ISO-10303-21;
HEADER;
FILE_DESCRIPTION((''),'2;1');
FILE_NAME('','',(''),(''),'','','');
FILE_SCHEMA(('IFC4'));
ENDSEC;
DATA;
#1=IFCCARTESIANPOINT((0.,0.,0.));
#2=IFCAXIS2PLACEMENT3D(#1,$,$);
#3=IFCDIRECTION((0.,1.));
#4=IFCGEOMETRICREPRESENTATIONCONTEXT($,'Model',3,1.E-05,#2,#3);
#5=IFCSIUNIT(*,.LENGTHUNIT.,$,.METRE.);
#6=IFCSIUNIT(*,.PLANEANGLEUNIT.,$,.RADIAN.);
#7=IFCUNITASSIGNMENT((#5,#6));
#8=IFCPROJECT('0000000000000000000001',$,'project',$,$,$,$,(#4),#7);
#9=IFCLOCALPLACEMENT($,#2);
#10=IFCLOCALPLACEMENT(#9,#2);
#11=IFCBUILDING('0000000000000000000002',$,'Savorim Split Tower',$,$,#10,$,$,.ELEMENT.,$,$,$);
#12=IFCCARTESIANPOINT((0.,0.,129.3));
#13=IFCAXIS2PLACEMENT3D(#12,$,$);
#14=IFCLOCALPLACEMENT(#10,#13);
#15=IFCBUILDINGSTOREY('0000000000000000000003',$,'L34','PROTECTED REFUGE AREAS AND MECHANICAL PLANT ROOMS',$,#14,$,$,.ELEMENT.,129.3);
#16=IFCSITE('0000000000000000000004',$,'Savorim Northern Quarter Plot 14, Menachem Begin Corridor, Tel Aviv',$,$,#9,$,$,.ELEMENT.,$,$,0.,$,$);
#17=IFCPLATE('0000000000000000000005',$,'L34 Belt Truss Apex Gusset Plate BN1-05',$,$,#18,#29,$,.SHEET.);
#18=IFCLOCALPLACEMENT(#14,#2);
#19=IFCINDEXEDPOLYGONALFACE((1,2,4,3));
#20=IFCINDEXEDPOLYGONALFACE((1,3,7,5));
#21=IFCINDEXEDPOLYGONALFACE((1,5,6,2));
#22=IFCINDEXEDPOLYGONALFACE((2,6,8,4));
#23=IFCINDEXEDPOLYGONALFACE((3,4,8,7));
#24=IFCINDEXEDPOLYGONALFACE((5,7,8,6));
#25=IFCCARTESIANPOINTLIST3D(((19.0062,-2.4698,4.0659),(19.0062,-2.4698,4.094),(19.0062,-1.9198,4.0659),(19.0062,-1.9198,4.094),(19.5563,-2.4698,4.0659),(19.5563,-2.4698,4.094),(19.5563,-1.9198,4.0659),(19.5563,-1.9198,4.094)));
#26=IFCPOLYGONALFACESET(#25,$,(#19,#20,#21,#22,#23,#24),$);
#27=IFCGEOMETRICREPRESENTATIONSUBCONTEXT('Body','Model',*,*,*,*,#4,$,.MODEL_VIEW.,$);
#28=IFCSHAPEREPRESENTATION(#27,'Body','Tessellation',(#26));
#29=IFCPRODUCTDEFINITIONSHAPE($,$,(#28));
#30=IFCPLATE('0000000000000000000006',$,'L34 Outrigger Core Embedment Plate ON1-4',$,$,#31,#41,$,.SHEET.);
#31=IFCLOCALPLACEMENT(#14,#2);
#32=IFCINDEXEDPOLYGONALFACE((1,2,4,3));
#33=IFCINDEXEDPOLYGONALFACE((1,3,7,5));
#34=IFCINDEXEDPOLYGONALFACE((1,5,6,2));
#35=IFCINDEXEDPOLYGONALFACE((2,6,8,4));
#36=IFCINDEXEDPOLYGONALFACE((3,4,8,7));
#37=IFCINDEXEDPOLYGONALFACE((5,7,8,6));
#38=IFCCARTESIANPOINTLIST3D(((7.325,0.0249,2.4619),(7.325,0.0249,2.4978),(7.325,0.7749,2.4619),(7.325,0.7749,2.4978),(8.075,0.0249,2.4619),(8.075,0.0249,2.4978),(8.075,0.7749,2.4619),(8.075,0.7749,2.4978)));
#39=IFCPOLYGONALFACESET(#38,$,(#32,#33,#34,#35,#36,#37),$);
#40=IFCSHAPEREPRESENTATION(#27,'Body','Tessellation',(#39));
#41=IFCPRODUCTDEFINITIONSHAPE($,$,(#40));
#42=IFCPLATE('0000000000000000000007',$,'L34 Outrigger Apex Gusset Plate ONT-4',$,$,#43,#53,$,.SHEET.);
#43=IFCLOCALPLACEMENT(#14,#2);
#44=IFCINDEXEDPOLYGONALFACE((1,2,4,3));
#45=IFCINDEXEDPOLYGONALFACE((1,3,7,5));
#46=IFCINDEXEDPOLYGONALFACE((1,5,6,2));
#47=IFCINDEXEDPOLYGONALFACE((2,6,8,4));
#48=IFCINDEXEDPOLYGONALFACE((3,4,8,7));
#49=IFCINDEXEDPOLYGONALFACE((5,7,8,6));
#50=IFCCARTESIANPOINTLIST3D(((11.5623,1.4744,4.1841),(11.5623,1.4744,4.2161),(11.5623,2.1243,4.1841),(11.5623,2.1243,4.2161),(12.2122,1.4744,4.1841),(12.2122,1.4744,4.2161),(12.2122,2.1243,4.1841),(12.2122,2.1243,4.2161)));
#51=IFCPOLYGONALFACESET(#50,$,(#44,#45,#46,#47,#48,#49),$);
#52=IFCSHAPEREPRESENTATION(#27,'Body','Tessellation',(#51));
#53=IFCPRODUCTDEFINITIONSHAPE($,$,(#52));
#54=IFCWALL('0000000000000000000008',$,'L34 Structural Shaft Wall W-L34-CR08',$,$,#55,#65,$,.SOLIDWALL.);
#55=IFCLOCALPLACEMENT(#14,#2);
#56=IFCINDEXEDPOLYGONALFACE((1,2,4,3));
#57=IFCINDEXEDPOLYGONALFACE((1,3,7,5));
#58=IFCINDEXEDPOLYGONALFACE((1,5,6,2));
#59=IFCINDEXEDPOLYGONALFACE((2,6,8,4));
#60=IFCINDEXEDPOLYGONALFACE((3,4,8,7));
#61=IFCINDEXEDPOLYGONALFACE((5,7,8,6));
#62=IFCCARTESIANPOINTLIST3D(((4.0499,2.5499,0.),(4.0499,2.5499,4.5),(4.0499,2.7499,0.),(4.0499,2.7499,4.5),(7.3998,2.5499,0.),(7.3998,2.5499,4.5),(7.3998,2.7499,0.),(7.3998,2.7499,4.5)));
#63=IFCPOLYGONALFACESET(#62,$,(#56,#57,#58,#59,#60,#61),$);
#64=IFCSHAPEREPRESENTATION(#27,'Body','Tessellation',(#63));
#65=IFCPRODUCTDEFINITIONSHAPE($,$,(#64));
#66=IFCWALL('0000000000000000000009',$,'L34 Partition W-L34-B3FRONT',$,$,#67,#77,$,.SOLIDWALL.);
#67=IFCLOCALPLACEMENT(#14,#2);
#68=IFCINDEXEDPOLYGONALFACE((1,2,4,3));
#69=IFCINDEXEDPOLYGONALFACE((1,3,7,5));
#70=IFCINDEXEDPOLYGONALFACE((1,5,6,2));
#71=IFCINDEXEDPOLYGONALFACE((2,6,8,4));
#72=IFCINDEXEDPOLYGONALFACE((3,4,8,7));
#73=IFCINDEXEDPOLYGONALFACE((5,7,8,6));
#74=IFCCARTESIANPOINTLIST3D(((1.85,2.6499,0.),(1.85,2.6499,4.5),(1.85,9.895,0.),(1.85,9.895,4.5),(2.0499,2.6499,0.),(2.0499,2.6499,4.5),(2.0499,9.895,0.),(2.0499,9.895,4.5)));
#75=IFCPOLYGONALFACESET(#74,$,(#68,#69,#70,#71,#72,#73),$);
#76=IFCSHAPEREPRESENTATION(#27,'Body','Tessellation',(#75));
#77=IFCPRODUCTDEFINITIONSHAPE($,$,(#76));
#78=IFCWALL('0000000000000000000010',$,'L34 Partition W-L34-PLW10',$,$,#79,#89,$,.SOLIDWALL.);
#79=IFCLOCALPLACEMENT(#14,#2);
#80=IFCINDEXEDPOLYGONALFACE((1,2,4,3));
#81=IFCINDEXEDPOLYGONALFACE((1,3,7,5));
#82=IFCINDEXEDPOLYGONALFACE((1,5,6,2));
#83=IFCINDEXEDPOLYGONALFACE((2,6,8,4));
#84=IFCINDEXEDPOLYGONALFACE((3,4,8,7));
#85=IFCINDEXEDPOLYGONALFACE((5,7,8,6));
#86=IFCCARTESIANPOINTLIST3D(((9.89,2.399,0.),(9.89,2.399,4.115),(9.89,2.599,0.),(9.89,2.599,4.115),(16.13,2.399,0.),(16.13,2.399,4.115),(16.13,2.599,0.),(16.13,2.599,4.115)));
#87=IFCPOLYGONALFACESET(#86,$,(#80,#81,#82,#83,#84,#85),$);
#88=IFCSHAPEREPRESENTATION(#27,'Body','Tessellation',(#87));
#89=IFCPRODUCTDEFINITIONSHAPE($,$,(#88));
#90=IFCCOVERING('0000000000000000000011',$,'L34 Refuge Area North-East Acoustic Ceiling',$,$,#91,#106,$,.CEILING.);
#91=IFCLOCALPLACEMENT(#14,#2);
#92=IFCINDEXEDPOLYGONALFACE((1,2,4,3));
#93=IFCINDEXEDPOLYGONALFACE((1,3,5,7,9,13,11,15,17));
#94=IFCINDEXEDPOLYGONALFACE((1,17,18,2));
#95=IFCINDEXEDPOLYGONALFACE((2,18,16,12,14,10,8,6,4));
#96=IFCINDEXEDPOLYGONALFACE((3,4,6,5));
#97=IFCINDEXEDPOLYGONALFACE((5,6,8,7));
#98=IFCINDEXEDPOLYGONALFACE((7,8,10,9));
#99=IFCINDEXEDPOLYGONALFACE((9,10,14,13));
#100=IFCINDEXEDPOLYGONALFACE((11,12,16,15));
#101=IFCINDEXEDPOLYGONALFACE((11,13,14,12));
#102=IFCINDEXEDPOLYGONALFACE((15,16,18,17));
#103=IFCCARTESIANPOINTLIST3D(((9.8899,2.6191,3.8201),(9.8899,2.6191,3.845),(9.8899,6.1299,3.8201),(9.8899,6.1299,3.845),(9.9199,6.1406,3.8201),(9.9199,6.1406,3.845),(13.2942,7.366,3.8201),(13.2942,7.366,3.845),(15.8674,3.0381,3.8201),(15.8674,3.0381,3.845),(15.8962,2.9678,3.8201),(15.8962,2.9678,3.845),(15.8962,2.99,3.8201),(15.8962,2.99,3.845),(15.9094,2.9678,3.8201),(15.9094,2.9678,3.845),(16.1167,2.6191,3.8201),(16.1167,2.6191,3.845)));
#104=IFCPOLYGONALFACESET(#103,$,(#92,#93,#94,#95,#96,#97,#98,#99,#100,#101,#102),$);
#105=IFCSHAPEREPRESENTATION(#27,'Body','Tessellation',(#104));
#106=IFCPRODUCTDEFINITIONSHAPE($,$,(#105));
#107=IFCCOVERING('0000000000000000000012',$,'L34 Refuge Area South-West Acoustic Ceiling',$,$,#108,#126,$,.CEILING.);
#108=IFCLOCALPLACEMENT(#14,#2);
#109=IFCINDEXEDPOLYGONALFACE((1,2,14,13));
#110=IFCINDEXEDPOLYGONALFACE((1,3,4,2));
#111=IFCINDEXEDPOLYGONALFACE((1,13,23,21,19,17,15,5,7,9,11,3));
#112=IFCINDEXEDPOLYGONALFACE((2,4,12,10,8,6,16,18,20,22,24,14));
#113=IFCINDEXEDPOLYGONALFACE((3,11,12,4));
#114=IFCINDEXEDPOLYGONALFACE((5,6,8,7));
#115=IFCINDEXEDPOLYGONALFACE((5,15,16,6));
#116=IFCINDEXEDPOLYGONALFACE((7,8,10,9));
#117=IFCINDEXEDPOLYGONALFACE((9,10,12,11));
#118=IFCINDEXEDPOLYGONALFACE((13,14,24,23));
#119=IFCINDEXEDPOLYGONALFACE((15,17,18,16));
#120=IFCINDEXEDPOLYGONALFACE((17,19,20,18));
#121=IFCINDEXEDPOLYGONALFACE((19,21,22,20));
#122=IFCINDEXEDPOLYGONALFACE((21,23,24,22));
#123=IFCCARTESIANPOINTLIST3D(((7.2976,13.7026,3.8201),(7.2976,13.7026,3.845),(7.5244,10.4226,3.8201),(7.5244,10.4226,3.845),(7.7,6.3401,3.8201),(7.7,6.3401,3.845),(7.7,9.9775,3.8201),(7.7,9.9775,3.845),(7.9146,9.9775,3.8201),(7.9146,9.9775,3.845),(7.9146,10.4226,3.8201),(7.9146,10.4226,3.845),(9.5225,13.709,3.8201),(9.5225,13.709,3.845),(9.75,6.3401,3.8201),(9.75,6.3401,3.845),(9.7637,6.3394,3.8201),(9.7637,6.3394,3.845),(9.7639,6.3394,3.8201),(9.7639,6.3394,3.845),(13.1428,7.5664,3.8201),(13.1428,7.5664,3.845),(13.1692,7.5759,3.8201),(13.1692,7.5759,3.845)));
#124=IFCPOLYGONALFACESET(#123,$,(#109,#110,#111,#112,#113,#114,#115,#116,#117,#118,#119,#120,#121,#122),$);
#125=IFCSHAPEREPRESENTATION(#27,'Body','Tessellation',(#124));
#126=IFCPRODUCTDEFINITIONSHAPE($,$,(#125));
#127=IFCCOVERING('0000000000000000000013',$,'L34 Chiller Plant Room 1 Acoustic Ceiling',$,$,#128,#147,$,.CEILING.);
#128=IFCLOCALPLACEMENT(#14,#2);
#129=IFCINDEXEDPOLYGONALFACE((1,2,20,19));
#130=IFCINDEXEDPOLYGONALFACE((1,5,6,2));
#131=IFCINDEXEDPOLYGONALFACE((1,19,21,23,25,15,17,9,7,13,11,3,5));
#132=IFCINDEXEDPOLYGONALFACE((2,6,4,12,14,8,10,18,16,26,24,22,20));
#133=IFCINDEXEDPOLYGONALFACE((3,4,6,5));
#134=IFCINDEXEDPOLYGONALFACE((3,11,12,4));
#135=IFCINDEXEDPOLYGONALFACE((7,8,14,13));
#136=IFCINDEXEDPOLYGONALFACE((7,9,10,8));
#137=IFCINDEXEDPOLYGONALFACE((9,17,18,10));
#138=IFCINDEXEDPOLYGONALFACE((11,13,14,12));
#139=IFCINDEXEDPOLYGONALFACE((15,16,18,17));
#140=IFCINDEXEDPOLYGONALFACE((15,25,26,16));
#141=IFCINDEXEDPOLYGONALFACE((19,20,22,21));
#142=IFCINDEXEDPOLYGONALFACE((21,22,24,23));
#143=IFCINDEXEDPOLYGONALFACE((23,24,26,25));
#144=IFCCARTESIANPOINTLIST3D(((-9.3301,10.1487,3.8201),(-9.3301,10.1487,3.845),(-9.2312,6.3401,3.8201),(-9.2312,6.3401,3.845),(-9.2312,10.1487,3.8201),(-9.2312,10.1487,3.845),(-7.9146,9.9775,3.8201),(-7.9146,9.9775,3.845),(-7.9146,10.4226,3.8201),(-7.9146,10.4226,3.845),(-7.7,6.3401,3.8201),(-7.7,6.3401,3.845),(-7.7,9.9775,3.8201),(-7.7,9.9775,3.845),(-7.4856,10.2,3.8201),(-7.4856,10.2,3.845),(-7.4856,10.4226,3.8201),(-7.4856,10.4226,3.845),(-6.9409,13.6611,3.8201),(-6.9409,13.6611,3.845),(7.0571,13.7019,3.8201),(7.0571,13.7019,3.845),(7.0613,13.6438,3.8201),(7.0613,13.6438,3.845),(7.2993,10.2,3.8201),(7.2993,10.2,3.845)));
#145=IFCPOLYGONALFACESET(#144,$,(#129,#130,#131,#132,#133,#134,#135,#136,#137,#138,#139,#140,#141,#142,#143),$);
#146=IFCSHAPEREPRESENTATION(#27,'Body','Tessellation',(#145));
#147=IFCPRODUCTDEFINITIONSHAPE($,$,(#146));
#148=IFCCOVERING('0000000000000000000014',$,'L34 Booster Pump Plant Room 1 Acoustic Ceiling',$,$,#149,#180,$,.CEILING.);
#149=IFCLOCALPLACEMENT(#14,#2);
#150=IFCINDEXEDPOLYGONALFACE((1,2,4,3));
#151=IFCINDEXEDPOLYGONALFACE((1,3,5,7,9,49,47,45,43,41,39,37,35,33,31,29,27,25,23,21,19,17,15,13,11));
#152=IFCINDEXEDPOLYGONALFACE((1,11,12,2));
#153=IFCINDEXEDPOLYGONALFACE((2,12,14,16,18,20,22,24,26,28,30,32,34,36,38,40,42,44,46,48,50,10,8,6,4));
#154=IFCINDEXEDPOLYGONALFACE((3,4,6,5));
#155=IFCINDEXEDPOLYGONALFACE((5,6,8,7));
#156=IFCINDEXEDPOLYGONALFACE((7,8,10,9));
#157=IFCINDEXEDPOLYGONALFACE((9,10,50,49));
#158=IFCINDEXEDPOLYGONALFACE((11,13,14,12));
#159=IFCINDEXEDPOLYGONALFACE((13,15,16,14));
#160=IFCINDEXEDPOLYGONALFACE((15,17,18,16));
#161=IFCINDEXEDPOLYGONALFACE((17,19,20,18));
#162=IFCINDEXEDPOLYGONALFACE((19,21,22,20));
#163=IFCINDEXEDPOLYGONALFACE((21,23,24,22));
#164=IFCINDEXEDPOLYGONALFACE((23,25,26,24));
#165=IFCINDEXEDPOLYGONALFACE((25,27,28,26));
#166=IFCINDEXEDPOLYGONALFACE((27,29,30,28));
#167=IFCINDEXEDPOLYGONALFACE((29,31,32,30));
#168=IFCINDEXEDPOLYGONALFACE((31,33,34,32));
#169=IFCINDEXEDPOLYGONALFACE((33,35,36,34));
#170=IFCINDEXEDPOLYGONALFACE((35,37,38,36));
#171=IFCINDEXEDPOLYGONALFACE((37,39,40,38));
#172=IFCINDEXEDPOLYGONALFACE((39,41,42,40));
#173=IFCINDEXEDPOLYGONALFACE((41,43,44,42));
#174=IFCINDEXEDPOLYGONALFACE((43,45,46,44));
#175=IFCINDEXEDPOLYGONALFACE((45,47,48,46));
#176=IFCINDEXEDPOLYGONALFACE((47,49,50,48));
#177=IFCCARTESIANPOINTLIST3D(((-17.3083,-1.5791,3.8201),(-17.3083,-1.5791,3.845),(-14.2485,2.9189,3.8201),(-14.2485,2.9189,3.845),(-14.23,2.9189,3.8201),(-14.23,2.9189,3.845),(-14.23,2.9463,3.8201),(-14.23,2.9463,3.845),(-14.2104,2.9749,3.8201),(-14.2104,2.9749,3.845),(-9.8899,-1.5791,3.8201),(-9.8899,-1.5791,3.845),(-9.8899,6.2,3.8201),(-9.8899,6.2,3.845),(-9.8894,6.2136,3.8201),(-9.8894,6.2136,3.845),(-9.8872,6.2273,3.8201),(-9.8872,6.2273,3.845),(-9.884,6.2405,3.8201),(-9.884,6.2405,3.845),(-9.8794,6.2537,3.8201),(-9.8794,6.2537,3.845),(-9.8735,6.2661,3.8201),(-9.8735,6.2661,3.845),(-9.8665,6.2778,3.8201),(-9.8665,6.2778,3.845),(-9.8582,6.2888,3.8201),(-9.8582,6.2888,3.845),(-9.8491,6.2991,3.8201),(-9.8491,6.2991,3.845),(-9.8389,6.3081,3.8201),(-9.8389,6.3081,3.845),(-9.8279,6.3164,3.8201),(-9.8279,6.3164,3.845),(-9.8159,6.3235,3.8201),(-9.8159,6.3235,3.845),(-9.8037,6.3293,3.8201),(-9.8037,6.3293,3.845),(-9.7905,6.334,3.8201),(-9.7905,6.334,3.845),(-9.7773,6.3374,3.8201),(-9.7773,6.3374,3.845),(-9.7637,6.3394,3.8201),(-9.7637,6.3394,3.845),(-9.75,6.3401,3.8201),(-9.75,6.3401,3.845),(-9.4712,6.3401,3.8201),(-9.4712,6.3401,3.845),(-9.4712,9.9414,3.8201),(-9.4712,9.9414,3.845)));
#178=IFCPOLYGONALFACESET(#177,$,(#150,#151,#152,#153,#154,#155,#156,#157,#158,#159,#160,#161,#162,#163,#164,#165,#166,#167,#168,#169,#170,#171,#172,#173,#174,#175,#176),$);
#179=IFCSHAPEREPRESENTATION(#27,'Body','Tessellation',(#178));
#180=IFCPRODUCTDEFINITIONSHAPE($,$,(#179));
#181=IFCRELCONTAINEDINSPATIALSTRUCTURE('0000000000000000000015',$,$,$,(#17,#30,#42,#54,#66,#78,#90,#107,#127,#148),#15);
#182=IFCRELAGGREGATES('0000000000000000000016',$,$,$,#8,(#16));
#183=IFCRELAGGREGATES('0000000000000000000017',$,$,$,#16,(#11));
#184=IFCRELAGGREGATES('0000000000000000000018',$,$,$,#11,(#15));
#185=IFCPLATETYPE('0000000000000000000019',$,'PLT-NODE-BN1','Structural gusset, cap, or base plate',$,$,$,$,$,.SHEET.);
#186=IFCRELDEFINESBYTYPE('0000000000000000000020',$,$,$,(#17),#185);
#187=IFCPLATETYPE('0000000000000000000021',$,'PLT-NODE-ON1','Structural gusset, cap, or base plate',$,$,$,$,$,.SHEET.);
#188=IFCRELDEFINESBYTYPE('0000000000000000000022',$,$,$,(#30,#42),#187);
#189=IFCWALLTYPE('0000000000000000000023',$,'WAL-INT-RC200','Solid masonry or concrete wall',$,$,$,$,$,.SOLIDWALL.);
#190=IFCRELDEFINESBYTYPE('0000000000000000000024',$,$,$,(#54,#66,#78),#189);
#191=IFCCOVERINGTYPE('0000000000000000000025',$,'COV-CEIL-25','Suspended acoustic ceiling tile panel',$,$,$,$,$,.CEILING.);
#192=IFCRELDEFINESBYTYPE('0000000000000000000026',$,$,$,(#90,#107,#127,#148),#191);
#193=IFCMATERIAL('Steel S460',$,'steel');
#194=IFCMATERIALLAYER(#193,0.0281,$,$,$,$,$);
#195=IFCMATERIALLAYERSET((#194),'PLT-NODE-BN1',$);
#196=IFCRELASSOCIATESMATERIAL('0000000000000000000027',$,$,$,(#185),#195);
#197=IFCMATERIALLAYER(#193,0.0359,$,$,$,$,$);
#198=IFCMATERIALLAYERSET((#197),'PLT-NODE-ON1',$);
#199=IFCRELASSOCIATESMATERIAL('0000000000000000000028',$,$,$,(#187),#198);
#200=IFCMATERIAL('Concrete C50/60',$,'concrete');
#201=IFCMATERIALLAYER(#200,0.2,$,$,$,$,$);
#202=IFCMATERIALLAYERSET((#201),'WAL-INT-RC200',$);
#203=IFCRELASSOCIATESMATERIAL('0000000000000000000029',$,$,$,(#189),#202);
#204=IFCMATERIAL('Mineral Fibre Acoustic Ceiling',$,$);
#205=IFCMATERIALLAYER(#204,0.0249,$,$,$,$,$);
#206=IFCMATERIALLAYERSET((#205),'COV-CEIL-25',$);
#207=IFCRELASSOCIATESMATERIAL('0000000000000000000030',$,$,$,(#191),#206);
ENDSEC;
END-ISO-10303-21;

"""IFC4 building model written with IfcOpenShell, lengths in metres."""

from ifc_helpers import new_model, si_unit, direction, frame, frame_2d, origin, origin_2d, place, context, subcontext, project, spatial, polyline, rectangle, outline, extrude, material, layer, layer_set, type_object, element, save


model = new_model("IFC4")

# Units and contexts
model_context = context("Model", 3, precision=1e-05, world=origin(), true_north=direction((0.0, 1.0)))
body_context = subcontext(model_context, "Body", "Model", "MODEL_VIEW")
ifc_project = project(units=[si_unit("LENGTHUNIT", "METRE"), si_unit("PLANEANGLEUNIT", "RADIAN")], contexts=[model_context])

# Site, building, storey
site_placement = place(None, origin())
site = spatial("IfcSite", under=ifc_project, at=site_placement, Name="Savorim Northern Quarter Plot 14, Menachem Begin Corridor, Tel Aviv", CompositionType="ELEMENT", RefElevation=0.0)
building_placement = place(site_placement, origin())
building = spatial("IfcBuilding", under=site, at=building_placement, Name="Savorim Split Tower", CompositionType="ELEMENT")
storey_placement = place(building_placement, frame((0.0, 0.0, 129.3)))
storey = spatial("IfcBuildingStorey", under=building, at=storey_placement, Name="L34", Description="PROTECTED REFUGE AREAS AND MECHANICAL PLANT ROOMS", CompositionType="ELEMENT", Elevation=129.3)

# Shared definitions
ifc_material_1 = material(Name="Steel S460", Category="steel")

# Plates
ifc_layer_1 = layer(ifc_material_1, 0.0281)
ifc_layer_set_1 = layer_set([ifc_layer_1], Name="PLT-NODE-BN1")
plate_type_1 = type_object("IfcPlateType", Name="PLT-NODE-BN1", Description="Structural gusset, cap, or base plate", PredefinedType="SHEET", material=ifc_layer_set_1)
plate_1_placement = place(storey_placement, frame((19.2812, -2.1948, 4.0659), z_axis=(0.0, 0.0, 1.0), x_axis=(1.0, 0.0, 0.0)))
element("IfcPlate", 1, at=plate_1_placement, inside=storey, type_object=plate_type_1, Name="L34 Belt Truss Apex Gusset Plate BN1-05", PredefinedType="SHEET", context=body_context, shape_type="SweptSolid", body=[
    extrude(rectangle(XDim=0.55, YDim=0.55, at=origin_2d()), origin(), (0.0, 0.0, 1.0), 0.0281),
])
ifc_layer_2 = layer(ifc_material_1, 0.0359)
ifc_layer_set_2 = layer_set([ifc_layer_2], Name="PLT-NODE-ON1")
plate_type_2 = type_object("IfcPlateType", Name="PLT-NODE-ON1", Description="Structural gusset, cap, or base plate", PredefinedType="SHEET", material=ifc_layer_set_2)
plate_2_placement = place(storey_placement, frame((7.7, 0.3999, 2.4619), z_axis=(0.0, 0.0, 1.0), x_axis=(1.0, 0.0, 0.0)))
element("IfcPlate", 2, at=plate_2_placement, inside=storey, type_object=plate_type_2, Name="L34 Outrigger Core Embedment Plate ON1-4", PredefinedType="SHEET", context=body_context, shape_type="SweptSolid", body=[
    extrude(rectangle(XDim=0.75, YDim=0.75, at=origin_2d()), origin(), (0.0, 0.0, 1.0), 0.0359),
])
plate_3_placement = place(storey_placement, frame((11.8872, 1.7993, 4.1841), z_axis=(0.0, 0.0, 1.0), x_axis=(1.0, 0.0, 0.0)))
element("IfcPlate", 3, at=plate_3_placement, inside=storey, type_object=plate_type_2, Name="L34 Outrigger Apex Gusset Plate ONT-4", PredefinedType="SHEET", context=body_context, shape_type="SweptSolid", body=[
    extrude(rectangle(XDim=0.6499, YDim=0.6499, at=origin_2d()), origin(), (0.0, 0.0, 1.0), 0.032),
])

# Walls
ifc_material_2 = material(Name="Concrete C50/60", Category="concrete")
ifc_layer_3 = layer(ifc_material_2, 0.2)
ifc_layer_set_3 = layer_set([ifc_layer_3], Name="WAL-INT-RC200")
wall_type = type_object("IfcWallType", Name="WAL-INT-RC200", Description="Solid masonry or concrete wall", PredefinedType="SOLIDWALL", material=ifc_layer_set_3)
wall_1_placement = place(storey_placement, frame((4.05, 2.6499, 0.0), z_axis=(0.0, 0.0, 1.0), x_axis=(1.0, 0.0, 0.0)))
element("IfcWall", 4, at=wall_1_placement, inside=storey, type_object=wall_type, Name="L34 Structural Shaft Wall W-L34-CR08", PredefinedType="SOLIDWALL", context=body_context, shape_type="SweptSolid", body=[
    extrude(rectangle(XDim=3.3499, YDim=0.2, at=frame_2d((1.6748, 0.0))), origin(), (0.0, 0.0, 1.0), 4.5),
])
wall_2_placement = place(storey_placement, frame((1.95, 2.6499, 0.0), z_axis=(0.0, 0.0, 1.0), x_axis=(0.0, 1.0, 0.0)))
element("IfcWall", 5, at=wall_2_placement, inside=storey, type_object=wall_type, Name="L34 Partition W-L34-B3FRONT", PredefinedType="SOLIDWALL", context=body_context, shape_type="SweptSolid", body=[
    extrude(rectangle(XDim=7.2451, YDim=0.2, at=frame_2d((3.6226, 0.0))), origin(), (0.0, 0.0, 1.0), 4.5),
])
wall_3_placement = place(storey_placement, frame((9.8899, 2.499, 0.0), z_axis=(0.0, 0.0, 1.0), x_axis=(1.0, 0.0, 0.0)))
element("IfcWall", 6, at=wall_3_placement, inside=storey, type_object=wall_type, Name="L34 Partition W-L34-PLW10", PredefinedType="SOLIDWALL", context=body_context, shape_type="SweptSolid", body=[
    extrude(rectangle(XDim=6.24, YDim=0.2, at=frame_2d((3.1201, 0.0))), origin(), (0.0, 0.0, 1.0), 4.115),
])

# Coverings
ifc_material_3 = material(Name="Mineral Fibre Acoustic Ceiling")
ifc_layer_4 = layer(ifc_material_3, 0.0249)
ifc_layer_set_4 = layer_set([ifc_layer_4], Name="COV-CEIL-25")
covering_type_1 = type_object("IfcCoveringType", Name="COV-CEIL-25", Description="Suspended acoustic ceiling tile panel", PredefinedType="CEILING", material=ifc_layer_set_4)
covering_1_placement = place(storey_placement, frame((0.0, 0.0, 3.8201)))
element("IfcCovering", 7, at=covering_1_placement, inside=storey, type_object=covering_type_1, Name="L34 Refuge Area North-East Acoustic Ceiling", PredefinedType="CEILING", context=body_context, shape_type="SweptSolid", body=[
    extrude(outline(polyline([(15.8962, 2.9678), (15.8962, 2.99), (15.8674, 3.0381), (13.2942, 7.366), (9.9199, 6.1406), (9.8899, 6.1299), (9.8899, 2.6191), (16.1167, 2.6191), (15.9094, 2.9678), (15.8962, 2.9678)])), origin(), (0.0, 0.0, 1.0), 0.0249),
])
covering_2_placement = place(storey_placement, frame((0.0, 0.0, 3.8201)))
element("IfcCovering", 8, at=covering_2_placement, inside=storey, type_object=covering_type_1, Name="L34 Refuge Area South-West Acoustic Ceiling", PredefinedType="CEILING", context=body_context, shape_type="SweptSolid", body=[
    extrude(outline(polyline([(13.1428, 7.5664), (13.1692, 7.5759), (9.5225, 13.709), (7.2976, 13.7026), (7.5244, 10.4226), (7.9146, 10.4226), (7.9146, 9.9775), (7.7, 9.9775), (7.7, 6.3401), (9.75, 6.3401), (9.7637, 6.3394), (9.7639, 6.3394), (13.1428, 7.5664)])), origin(), (0.0, 0.0, 1.0), 0.0249),
])
covering_3_placement = place(storey_placement, frame((0.0, 0.0, 3.8201)))
element("IfcCovering", 9, at=covering_3_placement, inside=storey, type_object=covering_type_1, Name="L34 Chiller Plant Room 1 Acoustic Ceiling", PredefinedType="CEILING", context=body_context, shape_type="SweptSolid", body=[
    extrude(outline(polyline([(7.0613, 13.6438), (7.0571, 13.7019), (-6.9409, 13.6611), (-9.3301, 10.1487), (-9.2312, 10.1487), (-9.2312, 6.3401), (-7.7, 6.3401), (-7.7, 9.9775), (-7.9146, 9.9775), (-7.9146, 10.4226), (-7.4856, 10.4226), (-7.4856, 10.2), (7.2993, 10.2), (7.0613, 13.6438)])), origin(), (0.0, 0.0, 1.0), 0.0249),
])
covering_4_placement = place(storey_placement, frame((0.0, 0.0, 3.8201)))
element("IfcCovering", 10, at=covering_4_placement, inside=storey, type_object=covering_type_1, Name="L34 Booster Pump Plant Room 1 Acoustic Ceiling", PredefinedType="CEILING", context=body_context, shape_type="SweptSolid", body=[
    extrude(outline(polyline([(-9.75, 6.3401), (-9.4712, 6.3401), (-9.4712, 9.9414), (-14.2104, 2.9749), (-14.23, 2.9463), (-14.23, 2.9189), (-14.2485, 2.9189), (-17.3083, -1.5791), (-9.8899, -1.5791), (-9.8899, 6.2), (-9.8894, 6.2136), (-9.8872, 6.2273), (-9.884, 6.2405), (-9.8794, 6.2537), (-9.8735, 6.2661), (-9.8665, 6.2778), (-9.8582, 6.2888), (-9.8491, 6.2991), (-9.8389, 6.3081), (-9.8279, 6.3164), (-9.8159, 6.3235), (-9.8037, 6.3293), (-9.7905, 6.334), (-9.7773, 6.3374), (-9.7637, 6.3394), (-9.75, 6.3401)])), origin(), (0.0, 0.0, 1.0), 0.0249),
])

save(model, "model.ifc")
